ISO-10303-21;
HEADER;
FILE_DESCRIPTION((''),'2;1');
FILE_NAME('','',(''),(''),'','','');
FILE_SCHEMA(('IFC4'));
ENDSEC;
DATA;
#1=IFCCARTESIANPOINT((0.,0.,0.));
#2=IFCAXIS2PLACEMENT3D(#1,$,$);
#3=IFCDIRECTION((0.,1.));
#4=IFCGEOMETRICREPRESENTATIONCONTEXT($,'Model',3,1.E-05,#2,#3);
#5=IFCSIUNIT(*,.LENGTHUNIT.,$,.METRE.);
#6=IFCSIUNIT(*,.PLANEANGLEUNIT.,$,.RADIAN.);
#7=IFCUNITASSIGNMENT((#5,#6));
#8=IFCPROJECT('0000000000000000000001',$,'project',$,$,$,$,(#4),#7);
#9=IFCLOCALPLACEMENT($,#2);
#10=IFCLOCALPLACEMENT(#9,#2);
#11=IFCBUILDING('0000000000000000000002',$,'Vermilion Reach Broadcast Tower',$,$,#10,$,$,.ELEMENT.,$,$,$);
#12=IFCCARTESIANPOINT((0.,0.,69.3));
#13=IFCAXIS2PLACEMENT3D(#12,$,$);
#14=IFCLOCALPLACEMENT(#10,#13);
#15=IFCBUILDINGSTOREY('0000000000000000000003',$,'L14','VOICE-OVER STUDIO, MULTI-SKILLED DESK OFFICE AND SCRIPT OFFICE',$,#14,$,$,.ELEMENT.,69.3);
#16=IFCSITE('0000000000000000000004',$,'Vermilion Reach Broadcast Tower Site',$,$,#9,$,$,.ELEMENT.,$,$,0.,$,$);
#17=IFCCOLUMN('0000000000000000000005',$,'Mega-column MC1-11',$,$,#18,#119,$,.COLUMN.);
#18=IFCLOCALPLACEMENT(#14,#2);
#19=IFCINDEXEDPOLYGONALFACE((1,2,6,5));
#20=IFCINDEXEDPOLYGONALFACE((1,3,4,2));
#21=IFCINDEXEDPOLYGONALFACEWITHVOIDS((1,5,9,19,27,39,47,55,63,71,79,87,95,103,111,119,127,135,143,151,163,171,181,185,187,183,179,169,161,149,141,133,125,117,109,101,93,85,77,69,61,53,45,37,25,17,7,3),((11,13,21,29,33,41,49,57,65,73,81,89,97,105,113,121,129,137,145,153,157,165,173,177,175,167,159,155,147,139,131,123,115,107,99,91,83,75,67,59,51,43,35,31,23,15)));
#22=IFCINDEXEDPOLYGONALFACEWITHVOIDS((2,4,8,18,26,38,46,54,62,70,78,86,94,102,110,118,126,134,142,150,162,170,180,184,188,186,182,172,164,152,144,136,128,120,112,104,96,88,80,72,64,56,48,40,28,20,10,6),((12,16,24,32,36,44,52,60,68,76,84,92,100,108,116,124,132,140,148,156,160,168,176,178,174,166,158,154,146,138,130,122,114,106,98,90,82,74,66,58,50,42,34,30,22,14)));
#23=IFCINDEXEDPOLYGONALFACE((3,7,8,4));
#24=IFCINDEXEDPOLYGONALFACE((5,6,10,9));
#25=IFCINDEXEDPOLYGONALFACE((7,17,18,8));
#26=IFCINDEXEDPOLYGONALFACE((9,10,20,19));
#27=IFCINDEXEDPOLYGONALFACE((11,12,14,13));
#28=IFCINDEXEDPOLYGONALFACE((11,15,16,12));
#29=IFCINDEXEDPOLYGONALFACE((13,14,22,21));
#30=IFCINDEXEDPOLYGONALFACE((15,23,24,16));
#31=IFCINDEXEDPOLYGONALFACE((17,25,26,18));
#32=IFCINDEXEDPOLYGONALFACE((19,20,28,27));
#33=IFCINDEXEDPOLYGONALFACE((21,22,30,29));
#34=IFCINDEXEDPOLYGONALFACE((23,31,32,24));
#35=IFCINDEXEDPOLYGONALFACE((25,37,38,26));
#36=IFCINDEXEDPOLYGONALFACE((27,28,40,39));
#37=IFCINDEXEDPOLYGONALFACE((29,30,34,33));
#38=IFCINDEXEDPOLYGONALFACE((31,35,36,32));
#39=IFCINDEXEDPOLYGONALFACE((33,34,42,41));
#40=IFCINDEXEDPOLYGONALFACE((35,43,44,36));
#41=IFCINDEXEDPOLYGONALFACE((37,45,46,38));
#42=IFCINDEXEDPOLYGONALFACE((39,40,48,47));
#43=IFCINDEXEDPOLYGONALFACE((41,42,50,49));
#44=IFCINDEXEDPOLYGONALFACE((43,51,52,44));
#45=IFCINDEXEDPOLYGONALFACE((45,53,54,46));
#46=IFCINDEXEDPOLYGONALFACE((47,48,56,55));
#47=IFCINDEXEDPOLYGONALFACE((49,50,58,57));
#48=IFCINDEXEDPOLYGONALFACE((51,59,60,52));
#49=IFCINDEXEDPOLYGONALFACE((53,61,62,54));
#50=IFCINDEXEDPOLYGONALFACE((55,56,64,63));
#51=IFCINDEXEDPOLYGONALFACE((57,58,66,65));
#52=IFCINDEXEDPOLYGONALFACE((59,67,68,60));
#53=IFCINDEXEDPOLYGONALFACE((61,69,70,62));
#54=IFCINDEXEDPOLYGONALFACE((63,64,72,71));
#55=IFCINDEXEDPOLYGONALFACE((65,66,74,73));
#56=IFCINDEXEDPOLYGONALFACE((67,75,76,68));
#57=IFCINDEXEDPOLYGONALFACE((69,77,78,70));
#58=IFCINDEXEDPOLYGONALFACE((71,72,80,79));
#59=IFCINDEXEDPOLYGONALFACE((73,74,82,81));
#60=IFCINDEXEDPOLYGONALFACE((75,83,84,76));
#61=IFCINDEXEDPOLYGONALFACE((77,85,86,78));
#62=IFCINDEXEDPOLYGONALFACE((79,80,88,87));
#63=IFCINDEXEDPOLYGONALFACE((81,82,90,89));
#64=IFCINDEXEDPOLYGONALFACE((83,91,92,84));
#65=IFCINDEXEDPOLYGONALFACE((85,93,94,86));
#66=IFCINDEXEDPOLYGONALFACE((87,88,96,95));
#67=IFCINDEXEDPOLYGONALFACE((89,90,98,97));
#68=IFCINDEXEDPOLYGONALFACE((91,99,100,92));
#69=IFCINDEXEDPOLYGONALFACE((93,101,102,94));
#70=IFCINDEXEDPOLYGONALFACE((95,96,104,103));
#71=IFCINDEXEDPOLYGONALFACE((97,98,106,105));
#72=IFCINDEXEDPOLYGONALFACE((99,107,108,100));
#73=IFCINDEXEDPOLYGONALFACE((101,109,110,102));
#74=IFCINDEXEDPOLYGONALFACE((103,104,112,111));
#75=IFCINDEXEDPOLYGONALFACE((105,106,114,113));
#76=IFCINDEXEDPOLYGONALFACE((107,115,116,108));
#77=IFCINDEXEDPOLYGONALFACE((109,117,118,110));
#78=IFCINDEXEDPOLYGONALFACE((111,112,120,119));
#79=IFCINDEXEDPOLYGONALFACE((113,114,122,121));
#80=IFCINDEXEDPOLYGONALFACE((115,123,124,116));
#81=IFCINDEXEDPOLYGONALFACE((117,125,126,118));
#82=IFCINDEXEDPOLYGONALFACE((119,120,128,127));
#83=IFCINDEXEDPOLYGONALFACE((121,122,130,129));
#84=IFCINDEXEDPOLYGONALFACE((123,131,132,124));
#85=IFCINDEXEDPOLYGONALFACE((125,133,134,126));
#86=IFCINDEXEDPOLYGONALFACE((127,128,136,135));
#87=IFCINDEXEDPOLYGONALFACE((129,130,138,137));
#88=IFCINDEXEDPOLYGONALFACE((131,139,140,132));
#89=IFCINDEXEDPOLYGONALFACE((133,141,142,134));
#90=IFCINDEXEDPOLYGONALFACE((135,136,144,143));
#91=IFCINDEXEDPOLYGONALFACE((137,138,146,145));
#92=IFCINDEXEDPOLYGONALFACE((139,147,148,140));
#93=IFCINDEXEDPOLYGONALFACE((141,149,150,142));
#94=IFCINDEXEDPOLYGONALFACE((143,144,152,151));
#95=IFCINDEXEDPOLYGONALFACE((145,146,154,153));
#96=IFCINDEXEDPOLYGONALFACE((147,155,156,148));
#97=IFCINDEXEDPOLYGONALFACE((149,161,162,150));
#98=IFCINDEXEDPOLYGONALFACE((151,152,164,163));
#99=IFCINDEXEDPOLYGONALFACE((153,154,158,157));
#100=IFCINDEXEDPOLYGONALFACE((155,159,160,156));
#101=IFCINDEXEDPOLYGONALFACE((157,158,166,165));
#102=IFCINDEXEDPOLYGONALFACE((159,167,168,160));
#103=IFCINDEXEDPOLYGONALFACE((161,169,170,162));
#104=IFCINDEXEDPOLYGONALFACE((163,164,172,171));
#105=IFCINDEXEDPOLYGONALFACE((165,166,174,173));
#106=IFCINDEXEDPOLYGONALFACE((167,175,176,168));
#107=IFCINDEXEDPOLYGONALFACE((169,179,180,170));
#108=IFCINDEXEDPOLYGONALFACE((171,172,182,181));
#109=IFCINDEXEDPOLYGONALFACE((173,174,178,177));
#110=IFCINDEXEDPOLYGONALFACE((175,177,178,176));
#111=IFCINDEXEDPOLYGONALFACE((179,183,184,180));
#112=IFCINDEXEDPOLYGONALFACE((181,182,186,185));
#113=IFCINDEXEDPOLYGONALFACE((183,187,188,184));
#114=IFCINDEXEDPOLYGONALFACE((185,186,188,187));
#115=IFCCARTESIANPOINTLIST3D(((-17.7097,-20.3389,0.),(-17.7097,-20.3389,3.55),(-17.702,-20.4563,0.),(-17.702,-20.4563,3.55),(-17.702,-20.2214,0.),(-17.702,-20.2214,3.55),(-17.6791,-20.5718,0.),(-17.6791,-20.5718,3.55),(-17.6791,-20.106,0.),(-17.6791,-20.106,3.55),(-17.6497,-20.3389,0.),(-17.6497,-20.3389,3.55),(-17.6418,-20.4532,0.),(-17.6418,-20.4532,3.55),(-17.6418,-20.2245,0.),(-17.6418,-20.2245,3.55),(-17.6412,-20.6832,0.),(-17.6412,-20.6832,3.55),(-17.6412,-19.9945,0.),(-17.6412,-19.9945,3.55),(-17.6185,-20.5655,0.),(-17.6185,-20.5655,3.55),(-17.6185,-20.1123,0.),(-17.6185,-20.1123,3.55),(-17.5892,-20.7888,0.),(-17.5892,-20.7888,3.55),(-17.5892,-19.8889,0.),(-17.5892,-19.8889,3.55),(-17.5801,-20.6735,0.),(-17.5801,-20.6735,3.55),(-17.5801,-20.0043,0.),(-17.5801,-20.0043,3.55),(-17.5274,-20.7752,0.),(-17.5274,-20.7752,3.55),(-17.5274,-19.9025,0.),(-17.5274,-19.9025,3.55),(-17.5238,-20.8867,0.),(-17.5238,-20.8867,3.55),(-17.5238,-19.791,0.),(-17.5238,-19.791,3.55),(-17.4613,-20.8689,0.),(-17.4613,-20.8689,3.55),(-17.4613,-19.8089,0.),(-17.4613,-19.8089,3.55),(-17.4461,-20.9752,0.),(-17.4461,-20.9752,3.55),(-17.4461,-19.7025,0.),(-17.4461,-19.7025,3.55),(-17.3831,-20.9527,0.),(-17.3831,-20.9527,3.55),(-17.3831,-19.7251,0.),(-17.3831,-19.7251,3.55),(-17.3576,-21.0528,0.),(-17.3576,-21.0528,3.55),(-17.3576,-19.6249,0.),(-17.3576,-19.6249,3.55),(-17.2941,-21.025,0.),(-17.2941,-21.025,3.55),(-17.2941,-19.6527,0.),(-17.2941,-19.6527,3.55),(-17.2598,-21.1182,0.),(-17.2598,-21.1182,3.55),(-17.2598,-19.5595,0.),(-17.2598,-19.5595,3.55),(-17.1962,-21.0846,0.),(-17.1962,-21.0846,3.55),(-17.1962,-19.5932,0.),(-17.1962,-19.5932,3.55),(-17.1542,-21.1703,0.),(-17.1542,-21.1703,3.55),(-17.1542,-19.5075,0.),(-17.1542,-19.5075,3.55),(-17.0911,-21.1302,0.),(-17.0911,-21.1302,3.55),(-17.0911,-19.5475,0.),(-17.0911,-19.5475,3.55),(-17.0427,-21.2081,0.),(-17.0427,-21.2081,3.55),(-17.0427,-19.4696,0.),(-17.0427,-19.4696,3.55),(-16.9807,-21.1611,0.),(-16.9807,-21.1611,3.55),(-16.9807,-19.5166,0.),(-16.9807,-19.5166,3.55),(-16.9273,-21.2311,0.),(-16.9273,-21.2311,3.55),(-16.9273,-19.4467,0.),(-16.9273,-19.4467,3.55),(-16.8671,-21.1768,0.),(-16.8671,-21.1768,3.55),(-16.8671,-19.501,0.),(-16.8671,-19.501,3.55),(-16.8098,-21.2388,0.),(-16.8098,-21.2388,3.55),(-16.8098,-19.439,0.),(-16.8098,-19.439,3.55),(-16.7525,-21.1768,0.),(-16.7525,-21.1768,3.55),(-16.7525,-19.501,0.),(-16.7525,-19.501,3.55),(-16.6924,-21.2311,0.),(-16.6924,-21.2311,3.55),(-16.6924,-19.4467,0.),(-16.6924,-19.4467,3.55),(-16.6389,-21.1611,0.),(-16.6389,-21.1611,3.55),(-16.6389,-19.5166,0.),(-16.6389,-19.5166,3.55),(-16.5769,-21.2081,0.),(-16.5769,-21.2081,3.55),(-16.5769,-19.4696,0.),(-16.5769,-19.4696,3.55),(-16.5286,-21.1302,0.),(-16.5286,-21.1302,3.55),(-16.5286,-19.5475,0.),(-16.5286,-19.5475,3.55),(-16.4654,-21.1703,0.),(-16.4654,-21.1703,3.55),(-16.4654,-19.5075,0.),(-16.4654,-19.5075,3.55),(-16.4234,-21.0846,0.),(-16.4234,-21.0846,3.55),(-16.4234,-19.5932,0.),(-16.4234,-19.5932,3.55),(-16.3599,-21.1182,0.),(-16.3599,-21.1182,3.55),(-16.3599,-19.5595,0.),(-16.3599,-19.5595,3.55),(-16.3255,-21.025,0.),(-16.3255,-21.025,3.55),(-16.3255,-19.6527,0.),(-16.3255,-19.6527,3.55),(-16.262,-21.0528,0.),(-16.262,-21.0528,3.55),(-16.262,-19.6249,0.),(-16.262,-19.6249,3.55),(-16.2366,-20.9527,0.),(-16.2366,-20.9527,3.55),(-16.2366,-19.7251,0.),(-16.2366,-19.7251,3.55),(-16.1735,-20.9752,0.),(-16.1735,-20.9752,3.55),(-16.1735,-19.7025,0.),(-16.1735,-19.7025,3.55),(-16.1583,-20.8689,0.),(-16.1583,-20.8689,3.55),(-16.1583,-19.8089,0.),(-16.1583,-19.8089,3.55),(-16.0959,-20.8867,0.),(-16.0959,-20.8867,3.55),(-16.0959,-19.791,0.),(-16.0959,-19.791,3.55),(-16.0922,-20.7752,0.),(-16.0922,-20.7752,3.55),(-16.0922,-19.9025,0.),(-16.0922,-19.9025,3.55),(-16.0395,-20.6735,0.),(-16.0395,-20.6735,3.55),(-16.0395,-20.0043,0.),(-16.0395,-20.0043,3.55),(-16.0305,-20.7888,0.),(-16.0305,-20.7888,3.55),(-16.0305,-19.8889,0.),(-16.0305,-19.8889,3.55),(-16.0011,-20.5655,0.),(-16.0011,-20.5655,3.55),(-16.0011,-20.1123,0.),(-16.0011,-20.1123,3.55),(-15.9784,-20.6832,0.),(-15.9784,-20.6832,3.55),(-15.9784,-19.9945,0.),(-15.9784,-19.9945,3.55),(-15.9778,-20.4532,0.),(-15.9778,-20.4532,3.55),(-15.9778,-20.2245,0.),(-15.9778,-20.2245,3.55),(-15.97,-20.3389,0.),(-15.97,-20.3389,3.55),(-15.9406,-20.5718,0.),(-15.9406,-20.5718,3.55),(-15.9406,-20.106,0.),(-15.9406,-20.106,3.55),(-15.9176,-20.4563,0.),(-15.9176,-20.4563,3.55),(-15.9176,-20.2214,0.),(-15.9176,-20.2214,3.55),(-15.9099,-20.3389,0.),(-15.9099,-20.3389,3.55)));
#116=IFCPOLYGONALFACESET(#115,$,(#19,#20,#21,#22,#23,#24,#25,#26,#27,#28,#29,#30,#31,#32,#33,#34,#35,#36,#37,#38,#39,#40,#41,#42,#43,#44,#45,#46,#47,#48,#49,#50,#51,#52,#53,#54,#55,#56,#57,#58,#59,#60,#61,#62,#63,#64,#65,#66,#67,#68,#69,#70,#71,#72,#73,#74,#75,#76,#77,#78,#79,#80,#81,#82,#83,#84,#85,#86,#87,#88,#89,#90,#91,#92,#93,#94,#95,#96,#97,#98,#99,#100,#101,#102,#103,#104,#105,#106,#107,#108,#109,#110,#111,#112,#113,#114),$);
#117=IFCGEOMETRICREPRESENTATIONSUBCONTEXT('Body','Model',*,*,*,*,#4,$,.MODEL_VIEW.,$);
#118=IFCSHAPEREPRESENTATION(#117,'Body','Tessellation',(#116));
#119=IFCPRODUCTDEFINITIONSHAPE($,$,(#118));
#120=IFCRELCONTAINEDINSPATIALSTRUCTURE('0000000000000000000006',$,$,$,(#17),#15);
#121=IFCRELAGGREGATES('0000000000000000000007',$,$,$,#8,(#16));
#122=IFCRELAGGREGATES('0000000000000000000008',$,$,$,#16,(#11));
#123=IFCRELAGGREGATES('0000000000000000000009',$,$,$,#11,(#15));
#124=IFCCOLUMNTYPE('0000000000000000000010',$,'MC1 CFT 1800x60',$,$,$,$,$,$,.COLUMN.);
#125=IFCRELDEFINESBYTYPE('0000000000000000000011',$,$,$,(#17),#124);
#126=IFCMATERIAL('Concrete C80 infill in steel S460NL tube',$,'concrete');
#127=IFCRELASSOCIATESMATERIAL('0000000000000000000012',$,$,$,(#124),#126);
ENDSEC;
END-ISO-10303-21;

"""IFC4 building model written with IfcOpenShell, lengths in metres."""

from ifc_helpers import new_model, si_unit, direction, frame, origin, origin_2d, place, context, subcontext, project, spatial, hollow_circle, extrude, material, material_profile, profile_set, type_object, element, save


model = new_model("IFC4")

# Units and contexts
model_context = context("Model", 3, precision=1e-05, world=origin(), true_north=direction((0.0, 1.0)))
body_context = subcontext(model_context, "Body", "Model", "MODEL_VIEW")
ifc_project = project(units=[si_unit("LENGTHUNIT", "METRE"), si_unit("PLANEANGLEUNIT", "RADIAN")], contexts=[model_context])

# Site, building, storey
site_placement = place(None, origin())
site = spatial("IfcSite", under=ifc_project, at=site_placement, Name="Vermilion Reach Broadcast Tower Site", CompositionType="ELEMENT", RefElevation=0.0)
building_placement = place(site_placement, origin())
building = spatial("IfcBuilding", under=site, at=building_placement, Name="Vermilion Reach Broadcast Tower", CompositionType="ELEMENT")
storey_placement = place(building_placement, frame((0.0, 0.0, 69.3)))
storey = spatial("IfcBuildingStorey", under=building, at=storey_placement, Name="L14", Description="VOICE-OVER STUDIO, MULTI-SKILLED DESK OFFICE AND SCRIPT OFFICE", CompositionType="ELEMENT", Elevation=69.3)

# Column
ifc_material_1 = material(Name="Concrete C80 infill in steel S460NL tube", Category="concrete")
ifc_material_profile_1 = material_profile(ifc_material_1, hollow_circle(Radius=0.8999, WallThickness=0.0601, at=origin_2d()), Name="Concrete C80 infill in steel S460NL tube CFT 1800x60")
ifc_profile_set_1 = profile_set([ifc_material_profile_1], Name="Concrete C80 infill in steel S460NL tube")
column_type = type_object("IfcColumnType", Name="MC1 CFT 1800x60", PredefinedType="COLUMN", material=ifc_profile_set_1)
for number, where, z_axis, x_axis, name in (
    (1, (-16.8098, -20.3389, 0.0), (0.0, 0.0, 1.0), (1.0, 0.0, 0.0), "Mega-column MC1-11"),
):
    element("IfcColumn", number, at=place(storey_placement, frame(where, z_axis=z_axis, x_axis=x_axis)), inside=storey, type_object=column_type, Name=name, PredefinedType="COLUMN", context=body_context, shape_type="SweptSolid", body=[
        extrude(hollow_circle(Radius=0.8999, WallThickness=0.0601, at=origin_2d()), origin(), (0.0, 0.0, 1.0), 3.55),
    ])

save(model, "model.ifc")
